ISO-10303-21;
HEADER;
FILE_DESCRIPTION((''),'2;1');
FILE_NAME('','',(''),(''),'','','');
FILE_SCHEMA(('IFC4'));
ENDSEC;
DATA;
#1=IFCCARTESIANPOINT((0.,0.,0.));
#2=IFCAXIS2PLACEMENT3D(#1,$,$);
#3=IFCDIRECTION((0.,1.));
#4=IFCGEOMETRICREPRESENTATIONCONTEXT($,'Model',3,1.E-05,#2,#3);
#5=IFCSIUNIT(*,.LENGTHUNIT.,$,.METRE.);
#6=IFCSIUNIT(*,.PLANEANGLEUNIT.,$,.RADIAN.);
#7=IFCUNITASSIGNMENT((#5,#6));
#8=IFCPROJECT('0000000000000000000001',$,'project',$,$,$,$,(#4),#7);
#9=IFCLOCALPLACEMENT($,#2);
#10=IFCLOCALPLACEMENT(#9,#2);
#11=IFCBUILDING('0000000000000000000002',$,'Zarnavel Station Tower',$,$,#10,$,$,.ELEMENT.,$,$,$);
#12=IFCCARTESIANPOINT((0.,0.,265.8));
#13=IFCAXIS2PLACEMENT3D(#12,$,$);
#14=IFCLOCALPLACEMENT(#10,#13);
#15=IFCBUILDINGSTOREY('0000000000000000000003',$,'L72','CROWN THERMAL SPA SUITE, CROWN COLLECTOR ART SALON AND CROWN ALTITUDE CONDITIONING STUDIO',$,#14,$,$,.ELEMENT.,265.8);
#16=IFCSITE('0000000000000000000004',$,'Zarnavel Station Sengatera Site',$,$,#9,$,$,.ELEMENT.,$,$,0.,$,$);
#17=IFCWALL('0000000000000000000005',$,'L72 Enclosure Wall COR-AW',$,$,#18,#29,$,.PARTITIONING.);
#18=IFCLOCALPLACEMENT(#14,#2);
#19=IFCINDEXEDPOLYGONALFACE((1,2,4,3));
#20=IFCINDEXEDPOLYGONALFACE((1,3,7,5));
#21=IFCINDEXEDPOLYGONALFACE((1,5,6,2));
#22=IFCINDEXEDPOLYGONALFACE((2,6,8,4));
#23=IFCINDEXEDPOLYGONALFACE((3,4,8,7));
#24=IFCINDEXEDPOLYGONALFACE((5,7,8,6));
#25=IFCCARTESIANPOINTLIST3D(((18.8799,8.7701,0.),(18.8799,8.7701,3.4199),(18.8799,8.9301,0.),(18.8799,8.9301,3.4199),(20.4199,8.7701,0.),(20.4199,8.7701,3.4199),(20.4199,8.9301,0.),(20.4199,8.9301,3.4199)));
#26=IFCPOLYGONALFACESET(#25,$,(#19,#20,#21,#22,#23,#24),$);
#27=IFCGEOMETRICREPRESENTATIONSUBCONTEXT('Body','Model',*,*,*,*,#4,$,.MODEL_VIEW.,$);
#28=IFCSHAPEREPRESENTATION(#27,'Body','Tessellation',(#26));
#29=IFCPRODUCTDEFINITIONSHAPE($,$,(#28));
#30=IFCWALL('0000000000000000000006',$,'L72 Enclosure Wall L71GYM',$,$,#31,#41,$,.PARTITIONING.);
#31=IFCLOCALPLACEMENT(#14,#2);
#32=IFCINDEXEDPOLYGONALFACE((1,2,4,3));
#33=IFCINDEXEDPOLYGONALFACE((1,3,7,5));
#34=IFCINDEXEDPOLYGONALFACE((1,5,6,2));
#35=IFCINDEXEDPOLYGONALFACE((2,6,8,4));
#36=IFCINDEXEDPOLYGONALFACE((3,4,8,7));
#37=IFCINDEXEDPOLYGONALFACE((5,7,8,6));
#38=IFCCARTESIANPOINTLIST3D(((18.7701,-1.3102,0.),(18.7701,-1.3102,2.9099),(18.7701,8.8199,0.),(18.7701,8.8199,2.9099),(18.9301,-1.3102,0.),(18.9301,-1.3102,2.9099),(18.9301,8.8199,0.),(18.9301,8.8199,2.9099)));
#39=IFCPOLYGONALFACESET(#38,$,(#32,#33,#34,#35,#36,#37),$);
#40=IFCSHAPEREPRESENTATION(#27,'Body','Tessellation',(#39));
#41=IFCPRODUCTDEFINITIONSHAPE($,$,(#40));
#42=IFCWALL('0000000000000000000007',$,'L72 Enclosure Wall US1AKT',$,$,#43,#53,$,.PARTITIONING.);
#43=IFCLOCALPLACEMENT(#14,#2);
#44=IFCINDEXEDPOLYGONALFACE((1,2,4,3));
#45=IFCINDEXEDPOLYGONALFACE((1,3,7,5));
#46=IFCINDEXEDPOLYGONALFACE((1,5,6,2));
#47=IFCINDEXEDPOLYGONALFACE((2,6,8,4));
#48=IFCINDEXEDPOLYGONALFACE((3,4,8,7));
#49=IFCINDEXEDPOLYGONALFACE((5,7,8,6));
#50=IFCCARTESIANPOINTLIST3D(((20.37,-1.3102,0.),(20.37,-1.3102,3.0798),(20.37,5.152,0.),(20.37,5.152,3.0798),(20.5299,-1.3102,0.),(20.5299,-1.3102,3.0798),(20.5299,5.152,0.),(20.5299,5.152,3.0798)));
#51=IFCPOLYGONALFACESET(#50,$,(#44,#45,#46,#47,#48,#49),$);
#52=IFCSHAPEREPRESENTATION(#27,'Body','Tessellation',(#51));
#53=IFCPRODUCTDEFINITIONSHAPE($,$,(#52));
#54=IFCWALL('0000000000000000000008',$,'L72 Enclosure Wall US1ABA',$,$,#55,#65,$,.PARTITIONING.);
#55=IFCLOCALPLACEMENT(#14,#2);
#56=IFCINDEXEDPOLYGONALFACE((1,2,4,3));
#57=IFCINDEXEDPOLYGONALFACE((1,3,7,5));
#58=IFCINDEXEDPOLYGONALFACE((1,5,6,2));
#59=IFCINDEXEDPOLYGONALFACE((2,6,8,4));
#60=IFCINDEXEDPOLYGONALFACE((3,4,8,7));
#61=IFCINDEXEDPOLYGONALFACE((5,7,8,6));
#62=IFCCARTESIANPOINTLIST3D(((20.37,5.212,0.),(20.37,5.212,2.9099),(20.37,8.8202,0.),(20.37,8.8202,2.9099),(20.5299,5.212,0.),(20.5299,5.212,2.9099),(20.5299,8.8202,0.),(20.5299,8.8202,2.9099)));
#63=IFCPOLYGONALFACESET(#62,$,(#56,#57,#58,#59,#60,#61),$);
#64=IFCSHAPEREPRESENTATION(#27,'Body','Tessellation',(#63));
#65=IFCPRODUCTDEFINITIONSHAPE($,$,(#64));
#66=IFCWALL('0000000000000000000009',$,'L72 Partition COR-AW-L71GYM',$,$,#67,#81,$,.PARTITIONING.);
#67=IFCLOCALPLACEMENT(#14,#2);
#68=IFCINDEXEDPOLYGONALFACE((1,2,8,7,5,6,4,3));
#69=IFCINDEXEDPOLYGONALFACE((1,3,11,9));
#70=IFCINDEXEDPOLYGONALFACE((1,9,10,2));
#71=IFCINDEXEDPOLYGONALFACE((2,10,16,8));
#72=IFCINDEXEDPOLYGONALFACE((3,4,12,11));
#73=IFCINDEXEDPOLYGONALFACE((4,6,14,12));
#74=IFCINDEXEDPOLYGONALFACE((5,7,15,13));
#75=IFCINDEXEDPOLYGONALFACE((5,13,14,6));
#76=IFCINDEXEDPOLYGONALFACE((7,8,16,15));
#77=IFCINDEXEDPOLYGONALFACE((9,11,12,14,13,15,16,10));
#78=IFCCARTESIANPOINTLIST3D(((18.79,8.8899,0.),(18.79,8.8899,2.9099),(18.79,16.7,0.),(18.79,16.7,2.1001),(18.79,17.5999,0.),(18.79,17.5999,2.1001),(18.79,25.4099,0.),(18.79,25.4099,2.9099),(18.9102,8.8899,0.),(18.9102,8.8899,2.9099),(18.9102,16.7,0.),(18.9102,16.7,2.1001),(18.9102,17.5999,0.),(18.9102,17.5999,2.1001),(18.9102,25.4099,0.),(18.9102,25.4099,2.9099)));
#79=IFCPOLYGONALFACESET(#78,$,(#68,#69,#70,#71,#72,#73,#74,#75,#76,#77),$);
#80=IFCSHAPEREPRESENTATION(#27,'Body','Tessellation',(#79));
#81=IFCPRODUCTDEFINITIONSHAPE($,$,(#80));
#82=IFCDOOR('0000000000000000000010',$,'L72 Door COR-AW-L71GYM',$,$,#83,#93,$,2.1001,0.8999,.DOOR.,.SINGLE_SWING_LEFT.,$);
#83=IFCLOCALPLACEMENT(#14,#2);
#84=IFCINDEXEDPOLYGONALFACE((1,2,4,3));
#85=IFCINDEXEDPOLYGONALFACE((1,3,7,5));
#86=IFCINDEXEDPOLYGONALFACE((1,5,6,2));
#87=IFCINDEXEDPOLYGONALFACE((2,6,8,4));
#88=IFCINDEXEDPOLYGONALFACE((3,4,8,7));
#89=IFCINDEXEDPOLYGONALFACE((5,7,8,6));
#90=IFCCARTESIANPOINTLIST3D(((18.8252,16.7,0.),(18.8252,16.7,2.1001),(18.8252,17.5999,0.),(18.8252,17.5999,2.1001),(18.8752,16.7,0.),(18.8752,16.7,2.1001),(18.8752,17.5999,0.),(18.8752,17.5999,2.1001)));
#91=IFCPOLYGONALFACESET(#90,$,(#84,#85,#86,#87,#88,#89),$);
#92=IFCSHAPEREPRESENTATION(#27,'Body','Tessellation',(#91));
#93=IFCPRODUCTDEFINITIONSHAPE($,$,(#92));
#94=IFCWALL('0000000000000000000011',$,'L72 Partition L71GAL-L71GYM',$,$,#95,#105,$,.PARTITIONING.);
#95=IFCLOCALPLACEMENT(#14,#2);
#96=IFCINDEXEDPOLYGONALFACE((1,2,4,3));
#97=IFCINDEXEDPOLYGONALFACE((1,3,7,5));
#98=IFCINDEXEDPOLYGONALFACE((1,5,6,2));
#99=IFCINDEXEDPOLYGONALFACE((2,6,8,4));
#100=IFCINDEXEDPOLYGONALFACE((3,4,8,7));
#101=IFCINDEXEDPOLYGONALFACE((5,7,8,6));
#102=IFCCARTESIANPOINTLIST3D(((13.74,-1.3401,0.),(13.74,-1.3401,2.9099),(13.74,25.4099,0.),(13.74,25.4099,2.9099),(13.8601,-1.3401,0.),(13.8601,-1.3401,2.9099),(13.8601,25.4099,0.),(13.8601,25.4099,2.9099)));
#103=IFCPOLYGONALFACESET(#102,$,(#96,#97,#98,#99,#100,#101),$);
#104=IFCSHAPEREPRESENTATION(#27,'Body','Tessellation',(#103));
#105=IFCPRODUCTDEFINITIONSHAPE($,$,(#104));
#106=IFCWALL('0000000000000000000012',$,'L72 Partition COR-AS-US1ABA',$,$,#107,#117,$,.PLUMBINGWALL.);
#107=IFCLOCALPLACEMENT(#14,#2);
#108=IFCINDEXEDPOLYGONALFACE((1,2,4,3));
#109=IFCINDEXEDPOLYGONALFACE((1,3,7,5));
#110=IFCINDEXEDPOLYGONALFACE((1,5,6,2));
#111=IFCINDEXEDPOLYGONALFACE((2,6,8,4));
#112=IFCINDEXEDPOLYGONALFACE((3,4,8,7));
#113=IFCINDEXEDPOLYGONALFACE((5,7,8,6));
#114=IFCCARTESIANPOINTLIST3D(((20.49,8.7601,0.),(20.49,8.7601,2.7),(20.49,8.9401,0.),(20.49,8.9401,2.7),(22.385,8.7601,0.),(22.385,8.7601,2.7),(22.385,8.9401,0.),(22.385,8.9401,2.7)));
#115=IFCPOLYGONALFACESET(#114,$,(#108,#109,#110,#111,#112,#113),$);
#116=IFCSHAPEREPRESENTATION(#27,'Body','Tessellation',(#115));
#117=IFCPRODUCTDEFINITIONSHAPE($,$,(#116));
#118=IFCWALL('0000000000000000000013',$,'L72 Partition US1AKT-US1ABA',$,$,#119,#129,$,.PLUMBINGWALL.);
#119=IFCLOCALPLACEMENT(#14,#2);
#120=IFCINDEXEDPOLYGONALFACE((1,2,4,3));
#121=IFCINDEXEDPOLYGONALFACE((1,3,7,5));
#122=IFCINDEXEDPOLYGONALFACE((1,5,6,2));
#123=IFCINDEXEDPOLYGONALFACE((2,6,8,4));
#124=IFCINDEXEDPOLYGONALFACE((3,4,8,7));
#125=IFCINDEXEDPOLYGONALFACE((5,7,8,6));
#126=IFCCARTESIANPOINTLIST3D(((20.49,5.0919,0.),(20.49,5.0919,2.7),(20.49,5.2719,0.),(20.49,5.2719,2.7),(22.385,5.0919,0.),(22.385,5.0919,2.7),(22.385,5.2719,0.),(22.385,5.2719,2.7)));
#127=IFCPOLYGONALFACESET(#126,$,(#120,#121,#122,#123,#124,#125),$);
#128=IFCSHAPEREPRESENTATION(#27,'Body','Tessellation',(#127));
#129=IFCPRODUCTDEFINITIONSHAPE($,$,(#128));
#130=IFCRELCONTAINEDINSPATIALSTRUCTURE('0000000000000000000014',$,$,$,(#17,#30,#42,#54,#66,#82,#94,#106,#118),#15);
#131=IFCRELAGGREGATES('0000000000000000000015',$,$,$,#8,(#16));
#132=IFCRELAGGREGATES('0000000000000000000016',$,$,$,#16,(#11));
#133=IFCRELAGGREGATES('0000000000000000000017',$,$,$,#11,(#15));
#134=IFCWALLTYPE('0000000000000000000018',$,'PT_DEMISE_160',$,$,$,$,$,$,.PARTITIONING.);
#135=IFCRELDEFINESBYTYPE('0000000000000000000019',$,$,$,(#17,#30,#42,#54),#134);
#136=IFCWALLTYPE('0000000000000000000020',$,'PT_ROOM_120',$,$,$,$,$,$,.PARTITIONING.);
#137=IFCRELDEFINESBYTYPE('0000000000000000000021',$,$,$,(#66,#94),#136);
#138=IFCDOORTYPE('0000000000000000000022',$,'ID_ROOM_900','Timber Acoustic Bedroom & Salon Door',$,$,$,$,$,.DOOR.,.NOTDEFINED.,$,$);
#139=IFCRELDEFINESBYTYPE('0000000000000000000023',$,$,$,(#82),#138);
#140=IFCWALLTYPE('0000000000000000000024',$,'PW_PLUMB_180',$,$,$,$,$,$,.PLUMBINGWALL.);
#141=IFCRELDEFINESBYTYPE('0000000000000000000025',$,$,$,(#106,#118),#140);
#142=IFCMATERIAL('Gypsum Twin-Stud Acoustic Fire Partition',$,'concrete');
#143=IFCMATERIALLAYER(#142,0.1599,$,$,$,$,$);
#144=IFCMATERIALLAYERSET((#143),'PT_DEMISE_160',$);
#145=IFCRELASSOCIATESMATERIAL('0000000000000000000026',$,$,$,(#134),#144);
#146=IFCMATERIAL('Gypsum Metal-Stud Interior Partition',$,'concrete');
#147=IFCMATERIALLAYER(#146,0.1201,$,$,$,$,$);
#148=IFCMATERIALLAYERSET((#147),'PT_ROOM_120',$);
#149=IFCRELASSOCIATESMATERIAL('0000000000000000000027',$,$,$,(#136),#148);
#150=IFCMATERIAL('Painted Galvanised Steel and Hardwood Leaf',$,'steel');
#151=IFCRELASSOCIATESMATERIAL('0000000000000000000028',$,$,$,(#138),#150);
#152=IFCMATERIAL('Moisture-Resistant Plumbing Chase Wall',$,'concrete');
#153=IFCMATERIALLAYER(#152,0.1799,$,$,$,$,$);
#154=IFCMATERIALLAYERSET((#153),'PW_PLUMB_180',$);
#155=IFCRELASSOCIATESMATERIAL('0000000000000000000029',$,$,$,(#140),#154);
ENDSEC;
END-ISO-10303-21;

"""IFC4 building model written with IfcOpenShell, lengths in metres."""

from ifc_helpers import new_model, si_unit, direction, frame, frame_2d, origin, place, context, subcontext, project, spatial, rectangle, extrude, material, layer, layer_set, type_object, element, fill, save


model = new_model("IFC4")

# Units and contexts
model_context = context("Model", 3, precision=1e-05, world=origin(), true_north=direction((0.0, 1.0)))
body_context = subcontext(model_context, "Body", "Model", "MODEL_VIEW")
ifc_project = project(units=[si_unit("LENGTHUNIT", "METRE"), si_unit("PLANEANGLEUNIT", "RADIAN")], contexts=[model_context])

# Site, building, storey
site_placement = place(None, origin())
site = spatial("IfcSite", under=ifc_project, at=site_placement, Name="Zarnavel Station Sengatera Site", CompositionType="ELEMENT", RefElevation=0.0)
building_placement = place(site_placement, origin())
building = spatial("IfcBuilding", under=site, at=building_placement, Name="Zarnavel Station Tower", CompositionType="ELEMENT")
storey_placement = place(building_placement, frame((0.0, 0.0, 265.8)))
storey = spatial("IfcBuildingStorey", under=building, at=storey_placement, Name="L72", Description="CROWN THERMAL SPA SUITE, CROWN COLLECTOR ART SALON AND CROWN ALTITUDE CONDITIONING STUDIO", CompositionType="ELEMENT", Elevation=265.8)

# Walls
ifc_material_1 = material(Name="Gypsum Twin-Stud Acoustic Fire Partition", Category="concrete")
ifc_layer_1 = layer(ifc_material_1, 0.1599)
ifc_layer_set_1 = layer_set([ifc_layer_1], Name="PT_DEMISE_160")
wall_type_1 = type_object("IfcWallType", Name="PT_DEMISE_160", PredefinedType="PARTITIONING", material=ifc_layer_set_1)
wall_1_placement = place(storey_placement, frame((18.8799, 8.8501, 0.0), z_axis=(0.0, 0.0, 1.0), x_axis=(1.0, 0.0, 0.0)))
element("IfcWall", 1, at=wall_1_placement, inside=storey, type_object=wall_type_1, Name="L72 Enclosure Wall COR-AW", PredefinedType="PARTITIONING", context=body_context, shape_type="SweptSolid", body=[
    extrude(rectangle(XDim=1.54, YDim=0.1599, at=frame_2d((0.77, 0.0))), origin(), (0.0, 0.0, 1.0), 3.4199),
])
wall_2_placement = place(storey_placement, frame((18.8501, -1.3101, 0.0), z_axis=(0.0, 0.0, 1.0), x_axis=(0.0, 1.0, 0.0)))
element("IfcWall", 2, at=wall_2_placement, inside=storey, type_object=wall_type_1, Name="L72 Enclosure Wall L71GYM", PredefinedType="PARTITIONING", context=body_context, shape_type="SweptSolid", body=[
    extrude(rectangle(XDim=10.1301, YDim=0.1599, at=frame_2d((5.0649, 0.0))), origin(), (0.0, 0.0, 1.0), 2.9099),
])
wall_3_placement = place(storey_placement, frame((20.45, -1.3101, 0.0), z_axis=(0.0, 0.0, 1.0), x_axis=(0.0, 1.0, 0.0)))
element("IfcWall", 3, at=wall_3_placement, inside=storey, type_object=wall_type_1, Name="L72 Enclosure Wall US1AKT", PredefinedType="PARTITIONING", context=body_context, shape_type="SweptSolid", body=[
    extrude(rectangle(XDim=6.4622, YDim=0.1599, at=frame_2d((3.231, 0.0))), origin(), (0.0, 0.0, 1.0), 3.0798),
])
wall_4_placement = place(storey_placement, frame((20.45, 5.2119, 0.0), z_axis=(0.0, 0.0, 1.0), x_axis=(0.0, 1.0, 0.0)))
element("IfcWall", 4, at=wall_4_placement, inside=storey, type_object=wall_type_1, Name="L72 Enclosure Wall US1ABA", PredefinedType="PARTITIONING", context=body_context, shape_type="SweptSolid", body=[
    extrude(rectangle(XDim=3.6082, YDim=0.1599, at=frame_2d((1.8042, 0.0))), origin(), (0.0, 0.0, 1.0), 2.9099),
])

# Wall, opening, door
ifc_material_2 = material(Name="Gypsum Metal-Stud Interior Partition", Category="concrete")
ifc_layer_2 = layer(ifc_material_2, 0.1201)
ifc_layer_set_2 = layer_set([ifc_layer_2], Name="PT_ROOM_120")
wall_type_2 = type_object("IfcWallType", Name="PT_ROOM_120", PredefinedType="PARTITIONING", material=ifc_layer_set_2)
wall_5_placement = place(storey_placement, frame((18.8501, 8.8899, 0.0), z_axis=(0.0, 0.0, 1.0), x_axis=(0.0, 1.0, 0.0)))
wall_5 = element("IfcWall", 5, at=wall_5_placement, inside=storey, type_object=wall_type_2, Name="L72 Partition COR-AW-L71GYM", PredefinedType="PARTITIONING", context=body_context, shape_type="SweptSolid", body=[
    extrude(rectangle(XDim=16.52, YDim=0.1201, at=frame_2d((8.26, 0.0))), origin(), (0.0, 0.0, 1.0), 2.9099),
])
opening_placement = place(wall_5_placement, frame((7.8101, 0.0, 0.0)))
opening = element("IfcOpeningElement", 6, at=opening_placement, cuts=wall_5, PredefinedType="OPENING", context=body_context, shape_type="SweptSolid", body=[
    extrude(rectangle(XDim=0.8999, YDim=2.1001, at=frame_2d((0.45, 1.05))), frame((0.0, 0.0701, 0.0), z_axis=(0.0, -1.0, 0.0), x_axis=(1.0, 0.0, 0.0)), (0.0, 0.0, 1.0), 0.1401),
])
ifc_material_3 = material(Name="Painted Galvanised Steel and Hardwood Leaf", Category="steel")
door_type = type_object("IfcDoorType", Name="ID_ROOM_900", Description="Timber Acoustic Bedroom & Salon Door", OperationType="NOTDEFINED", PredefinedType="DOOR", material=ifc_material_3)
door_placement = place(opening_placement, origin())
door = element("IfcDoor", 7, at=door_placement, inside=storey, type_object=door_type, Name="L72 Door COR-AW-L71GYM", OperationType="SINGLE_SWING_LEFT", OverallHeight=2.1001, OverallWidth=0.8999, PredefinedType="DOOR", context=body_context, shape_type="SweptSolid", body=[
    extrude(rectangle(XDim=0.8999, YDim=2.1001, at=frame_2d((0.45, 1.05))), frame((0.0, 0.0249, 0.0), z_axis=(0.0, -1.0, 0.0), x_axis=(1.0, 0.0, 0.0)), (0.0, 0.0, 1.0), 0.05),
])
fill(opening, door)

# Walls
wall_6_placement = place(storey_placement, frame((13.8, -1.3401, 0.0), z_axis=(0.0, 0.0, 1.0), x_axis=(0.0, 1.0, 0.0)))
element("IfcWall", 8, at=wall_6_placement, inside=storey, type_object=wall_type_2, Name="L72 Partition L71GAL-L71GYM", PredefinedType="PARTITIONING", context=body_context, shape_type="SweptSolid", body=[
    extrude(rectangle(XDim=26.75, YDim=0.1201, at=frame_2d((13.375, 0.0))), origin(), (0.0, 0.0, 1.0), 2.9099),
])
ifc_material_4 = material(Name="Moisture-Resistant Plumbing Chase Wall", Category="concrete")
ifc_layer_3 = layer(ifc_material_4, 0.1799)
ifc_layer_set_3 = layer_set([ifc_layer_3], Name="PW_PLUMB_180")
wall_type_3 = type_object("IfcWallType", Name="PW_PLUMB_180", PredefinedType="PLUMBINGWALL", material=ifc_layer_set_3)
for number, where, z_axis, x_axis, name in (
    (9, (20.49, 8.8501, 0.0), (0.0, 0.0, 1.0), (1.0, 0.0, 0.0), "L72 Partition COR-AS-US1ABA"),
    (10, (20.49, 5.1819, 0.0), (0.0, 0.0, 1.0), (1.0, 0.0, 0.0), "L72 Partition US1AKT-US1ABA"),
):
    element("IfcWall", number, at=place(storey_placement, frame(where, z_axis=z_axis, x_axis=x_axis)), inside=storey, type_object=wall_type_3, Name=name, PredefinedType="PLUMBINGWALL", context=body_context, shape_type="SweptSolid", body=[
        extrude(rectangle(XDim=1.895, YDim=0.1799, at=frame_2d((0.9475, 0.0))), origin(), (0.0, 0.0, 1.0), 2.7),
    ])

save(model, "model.ifc")
